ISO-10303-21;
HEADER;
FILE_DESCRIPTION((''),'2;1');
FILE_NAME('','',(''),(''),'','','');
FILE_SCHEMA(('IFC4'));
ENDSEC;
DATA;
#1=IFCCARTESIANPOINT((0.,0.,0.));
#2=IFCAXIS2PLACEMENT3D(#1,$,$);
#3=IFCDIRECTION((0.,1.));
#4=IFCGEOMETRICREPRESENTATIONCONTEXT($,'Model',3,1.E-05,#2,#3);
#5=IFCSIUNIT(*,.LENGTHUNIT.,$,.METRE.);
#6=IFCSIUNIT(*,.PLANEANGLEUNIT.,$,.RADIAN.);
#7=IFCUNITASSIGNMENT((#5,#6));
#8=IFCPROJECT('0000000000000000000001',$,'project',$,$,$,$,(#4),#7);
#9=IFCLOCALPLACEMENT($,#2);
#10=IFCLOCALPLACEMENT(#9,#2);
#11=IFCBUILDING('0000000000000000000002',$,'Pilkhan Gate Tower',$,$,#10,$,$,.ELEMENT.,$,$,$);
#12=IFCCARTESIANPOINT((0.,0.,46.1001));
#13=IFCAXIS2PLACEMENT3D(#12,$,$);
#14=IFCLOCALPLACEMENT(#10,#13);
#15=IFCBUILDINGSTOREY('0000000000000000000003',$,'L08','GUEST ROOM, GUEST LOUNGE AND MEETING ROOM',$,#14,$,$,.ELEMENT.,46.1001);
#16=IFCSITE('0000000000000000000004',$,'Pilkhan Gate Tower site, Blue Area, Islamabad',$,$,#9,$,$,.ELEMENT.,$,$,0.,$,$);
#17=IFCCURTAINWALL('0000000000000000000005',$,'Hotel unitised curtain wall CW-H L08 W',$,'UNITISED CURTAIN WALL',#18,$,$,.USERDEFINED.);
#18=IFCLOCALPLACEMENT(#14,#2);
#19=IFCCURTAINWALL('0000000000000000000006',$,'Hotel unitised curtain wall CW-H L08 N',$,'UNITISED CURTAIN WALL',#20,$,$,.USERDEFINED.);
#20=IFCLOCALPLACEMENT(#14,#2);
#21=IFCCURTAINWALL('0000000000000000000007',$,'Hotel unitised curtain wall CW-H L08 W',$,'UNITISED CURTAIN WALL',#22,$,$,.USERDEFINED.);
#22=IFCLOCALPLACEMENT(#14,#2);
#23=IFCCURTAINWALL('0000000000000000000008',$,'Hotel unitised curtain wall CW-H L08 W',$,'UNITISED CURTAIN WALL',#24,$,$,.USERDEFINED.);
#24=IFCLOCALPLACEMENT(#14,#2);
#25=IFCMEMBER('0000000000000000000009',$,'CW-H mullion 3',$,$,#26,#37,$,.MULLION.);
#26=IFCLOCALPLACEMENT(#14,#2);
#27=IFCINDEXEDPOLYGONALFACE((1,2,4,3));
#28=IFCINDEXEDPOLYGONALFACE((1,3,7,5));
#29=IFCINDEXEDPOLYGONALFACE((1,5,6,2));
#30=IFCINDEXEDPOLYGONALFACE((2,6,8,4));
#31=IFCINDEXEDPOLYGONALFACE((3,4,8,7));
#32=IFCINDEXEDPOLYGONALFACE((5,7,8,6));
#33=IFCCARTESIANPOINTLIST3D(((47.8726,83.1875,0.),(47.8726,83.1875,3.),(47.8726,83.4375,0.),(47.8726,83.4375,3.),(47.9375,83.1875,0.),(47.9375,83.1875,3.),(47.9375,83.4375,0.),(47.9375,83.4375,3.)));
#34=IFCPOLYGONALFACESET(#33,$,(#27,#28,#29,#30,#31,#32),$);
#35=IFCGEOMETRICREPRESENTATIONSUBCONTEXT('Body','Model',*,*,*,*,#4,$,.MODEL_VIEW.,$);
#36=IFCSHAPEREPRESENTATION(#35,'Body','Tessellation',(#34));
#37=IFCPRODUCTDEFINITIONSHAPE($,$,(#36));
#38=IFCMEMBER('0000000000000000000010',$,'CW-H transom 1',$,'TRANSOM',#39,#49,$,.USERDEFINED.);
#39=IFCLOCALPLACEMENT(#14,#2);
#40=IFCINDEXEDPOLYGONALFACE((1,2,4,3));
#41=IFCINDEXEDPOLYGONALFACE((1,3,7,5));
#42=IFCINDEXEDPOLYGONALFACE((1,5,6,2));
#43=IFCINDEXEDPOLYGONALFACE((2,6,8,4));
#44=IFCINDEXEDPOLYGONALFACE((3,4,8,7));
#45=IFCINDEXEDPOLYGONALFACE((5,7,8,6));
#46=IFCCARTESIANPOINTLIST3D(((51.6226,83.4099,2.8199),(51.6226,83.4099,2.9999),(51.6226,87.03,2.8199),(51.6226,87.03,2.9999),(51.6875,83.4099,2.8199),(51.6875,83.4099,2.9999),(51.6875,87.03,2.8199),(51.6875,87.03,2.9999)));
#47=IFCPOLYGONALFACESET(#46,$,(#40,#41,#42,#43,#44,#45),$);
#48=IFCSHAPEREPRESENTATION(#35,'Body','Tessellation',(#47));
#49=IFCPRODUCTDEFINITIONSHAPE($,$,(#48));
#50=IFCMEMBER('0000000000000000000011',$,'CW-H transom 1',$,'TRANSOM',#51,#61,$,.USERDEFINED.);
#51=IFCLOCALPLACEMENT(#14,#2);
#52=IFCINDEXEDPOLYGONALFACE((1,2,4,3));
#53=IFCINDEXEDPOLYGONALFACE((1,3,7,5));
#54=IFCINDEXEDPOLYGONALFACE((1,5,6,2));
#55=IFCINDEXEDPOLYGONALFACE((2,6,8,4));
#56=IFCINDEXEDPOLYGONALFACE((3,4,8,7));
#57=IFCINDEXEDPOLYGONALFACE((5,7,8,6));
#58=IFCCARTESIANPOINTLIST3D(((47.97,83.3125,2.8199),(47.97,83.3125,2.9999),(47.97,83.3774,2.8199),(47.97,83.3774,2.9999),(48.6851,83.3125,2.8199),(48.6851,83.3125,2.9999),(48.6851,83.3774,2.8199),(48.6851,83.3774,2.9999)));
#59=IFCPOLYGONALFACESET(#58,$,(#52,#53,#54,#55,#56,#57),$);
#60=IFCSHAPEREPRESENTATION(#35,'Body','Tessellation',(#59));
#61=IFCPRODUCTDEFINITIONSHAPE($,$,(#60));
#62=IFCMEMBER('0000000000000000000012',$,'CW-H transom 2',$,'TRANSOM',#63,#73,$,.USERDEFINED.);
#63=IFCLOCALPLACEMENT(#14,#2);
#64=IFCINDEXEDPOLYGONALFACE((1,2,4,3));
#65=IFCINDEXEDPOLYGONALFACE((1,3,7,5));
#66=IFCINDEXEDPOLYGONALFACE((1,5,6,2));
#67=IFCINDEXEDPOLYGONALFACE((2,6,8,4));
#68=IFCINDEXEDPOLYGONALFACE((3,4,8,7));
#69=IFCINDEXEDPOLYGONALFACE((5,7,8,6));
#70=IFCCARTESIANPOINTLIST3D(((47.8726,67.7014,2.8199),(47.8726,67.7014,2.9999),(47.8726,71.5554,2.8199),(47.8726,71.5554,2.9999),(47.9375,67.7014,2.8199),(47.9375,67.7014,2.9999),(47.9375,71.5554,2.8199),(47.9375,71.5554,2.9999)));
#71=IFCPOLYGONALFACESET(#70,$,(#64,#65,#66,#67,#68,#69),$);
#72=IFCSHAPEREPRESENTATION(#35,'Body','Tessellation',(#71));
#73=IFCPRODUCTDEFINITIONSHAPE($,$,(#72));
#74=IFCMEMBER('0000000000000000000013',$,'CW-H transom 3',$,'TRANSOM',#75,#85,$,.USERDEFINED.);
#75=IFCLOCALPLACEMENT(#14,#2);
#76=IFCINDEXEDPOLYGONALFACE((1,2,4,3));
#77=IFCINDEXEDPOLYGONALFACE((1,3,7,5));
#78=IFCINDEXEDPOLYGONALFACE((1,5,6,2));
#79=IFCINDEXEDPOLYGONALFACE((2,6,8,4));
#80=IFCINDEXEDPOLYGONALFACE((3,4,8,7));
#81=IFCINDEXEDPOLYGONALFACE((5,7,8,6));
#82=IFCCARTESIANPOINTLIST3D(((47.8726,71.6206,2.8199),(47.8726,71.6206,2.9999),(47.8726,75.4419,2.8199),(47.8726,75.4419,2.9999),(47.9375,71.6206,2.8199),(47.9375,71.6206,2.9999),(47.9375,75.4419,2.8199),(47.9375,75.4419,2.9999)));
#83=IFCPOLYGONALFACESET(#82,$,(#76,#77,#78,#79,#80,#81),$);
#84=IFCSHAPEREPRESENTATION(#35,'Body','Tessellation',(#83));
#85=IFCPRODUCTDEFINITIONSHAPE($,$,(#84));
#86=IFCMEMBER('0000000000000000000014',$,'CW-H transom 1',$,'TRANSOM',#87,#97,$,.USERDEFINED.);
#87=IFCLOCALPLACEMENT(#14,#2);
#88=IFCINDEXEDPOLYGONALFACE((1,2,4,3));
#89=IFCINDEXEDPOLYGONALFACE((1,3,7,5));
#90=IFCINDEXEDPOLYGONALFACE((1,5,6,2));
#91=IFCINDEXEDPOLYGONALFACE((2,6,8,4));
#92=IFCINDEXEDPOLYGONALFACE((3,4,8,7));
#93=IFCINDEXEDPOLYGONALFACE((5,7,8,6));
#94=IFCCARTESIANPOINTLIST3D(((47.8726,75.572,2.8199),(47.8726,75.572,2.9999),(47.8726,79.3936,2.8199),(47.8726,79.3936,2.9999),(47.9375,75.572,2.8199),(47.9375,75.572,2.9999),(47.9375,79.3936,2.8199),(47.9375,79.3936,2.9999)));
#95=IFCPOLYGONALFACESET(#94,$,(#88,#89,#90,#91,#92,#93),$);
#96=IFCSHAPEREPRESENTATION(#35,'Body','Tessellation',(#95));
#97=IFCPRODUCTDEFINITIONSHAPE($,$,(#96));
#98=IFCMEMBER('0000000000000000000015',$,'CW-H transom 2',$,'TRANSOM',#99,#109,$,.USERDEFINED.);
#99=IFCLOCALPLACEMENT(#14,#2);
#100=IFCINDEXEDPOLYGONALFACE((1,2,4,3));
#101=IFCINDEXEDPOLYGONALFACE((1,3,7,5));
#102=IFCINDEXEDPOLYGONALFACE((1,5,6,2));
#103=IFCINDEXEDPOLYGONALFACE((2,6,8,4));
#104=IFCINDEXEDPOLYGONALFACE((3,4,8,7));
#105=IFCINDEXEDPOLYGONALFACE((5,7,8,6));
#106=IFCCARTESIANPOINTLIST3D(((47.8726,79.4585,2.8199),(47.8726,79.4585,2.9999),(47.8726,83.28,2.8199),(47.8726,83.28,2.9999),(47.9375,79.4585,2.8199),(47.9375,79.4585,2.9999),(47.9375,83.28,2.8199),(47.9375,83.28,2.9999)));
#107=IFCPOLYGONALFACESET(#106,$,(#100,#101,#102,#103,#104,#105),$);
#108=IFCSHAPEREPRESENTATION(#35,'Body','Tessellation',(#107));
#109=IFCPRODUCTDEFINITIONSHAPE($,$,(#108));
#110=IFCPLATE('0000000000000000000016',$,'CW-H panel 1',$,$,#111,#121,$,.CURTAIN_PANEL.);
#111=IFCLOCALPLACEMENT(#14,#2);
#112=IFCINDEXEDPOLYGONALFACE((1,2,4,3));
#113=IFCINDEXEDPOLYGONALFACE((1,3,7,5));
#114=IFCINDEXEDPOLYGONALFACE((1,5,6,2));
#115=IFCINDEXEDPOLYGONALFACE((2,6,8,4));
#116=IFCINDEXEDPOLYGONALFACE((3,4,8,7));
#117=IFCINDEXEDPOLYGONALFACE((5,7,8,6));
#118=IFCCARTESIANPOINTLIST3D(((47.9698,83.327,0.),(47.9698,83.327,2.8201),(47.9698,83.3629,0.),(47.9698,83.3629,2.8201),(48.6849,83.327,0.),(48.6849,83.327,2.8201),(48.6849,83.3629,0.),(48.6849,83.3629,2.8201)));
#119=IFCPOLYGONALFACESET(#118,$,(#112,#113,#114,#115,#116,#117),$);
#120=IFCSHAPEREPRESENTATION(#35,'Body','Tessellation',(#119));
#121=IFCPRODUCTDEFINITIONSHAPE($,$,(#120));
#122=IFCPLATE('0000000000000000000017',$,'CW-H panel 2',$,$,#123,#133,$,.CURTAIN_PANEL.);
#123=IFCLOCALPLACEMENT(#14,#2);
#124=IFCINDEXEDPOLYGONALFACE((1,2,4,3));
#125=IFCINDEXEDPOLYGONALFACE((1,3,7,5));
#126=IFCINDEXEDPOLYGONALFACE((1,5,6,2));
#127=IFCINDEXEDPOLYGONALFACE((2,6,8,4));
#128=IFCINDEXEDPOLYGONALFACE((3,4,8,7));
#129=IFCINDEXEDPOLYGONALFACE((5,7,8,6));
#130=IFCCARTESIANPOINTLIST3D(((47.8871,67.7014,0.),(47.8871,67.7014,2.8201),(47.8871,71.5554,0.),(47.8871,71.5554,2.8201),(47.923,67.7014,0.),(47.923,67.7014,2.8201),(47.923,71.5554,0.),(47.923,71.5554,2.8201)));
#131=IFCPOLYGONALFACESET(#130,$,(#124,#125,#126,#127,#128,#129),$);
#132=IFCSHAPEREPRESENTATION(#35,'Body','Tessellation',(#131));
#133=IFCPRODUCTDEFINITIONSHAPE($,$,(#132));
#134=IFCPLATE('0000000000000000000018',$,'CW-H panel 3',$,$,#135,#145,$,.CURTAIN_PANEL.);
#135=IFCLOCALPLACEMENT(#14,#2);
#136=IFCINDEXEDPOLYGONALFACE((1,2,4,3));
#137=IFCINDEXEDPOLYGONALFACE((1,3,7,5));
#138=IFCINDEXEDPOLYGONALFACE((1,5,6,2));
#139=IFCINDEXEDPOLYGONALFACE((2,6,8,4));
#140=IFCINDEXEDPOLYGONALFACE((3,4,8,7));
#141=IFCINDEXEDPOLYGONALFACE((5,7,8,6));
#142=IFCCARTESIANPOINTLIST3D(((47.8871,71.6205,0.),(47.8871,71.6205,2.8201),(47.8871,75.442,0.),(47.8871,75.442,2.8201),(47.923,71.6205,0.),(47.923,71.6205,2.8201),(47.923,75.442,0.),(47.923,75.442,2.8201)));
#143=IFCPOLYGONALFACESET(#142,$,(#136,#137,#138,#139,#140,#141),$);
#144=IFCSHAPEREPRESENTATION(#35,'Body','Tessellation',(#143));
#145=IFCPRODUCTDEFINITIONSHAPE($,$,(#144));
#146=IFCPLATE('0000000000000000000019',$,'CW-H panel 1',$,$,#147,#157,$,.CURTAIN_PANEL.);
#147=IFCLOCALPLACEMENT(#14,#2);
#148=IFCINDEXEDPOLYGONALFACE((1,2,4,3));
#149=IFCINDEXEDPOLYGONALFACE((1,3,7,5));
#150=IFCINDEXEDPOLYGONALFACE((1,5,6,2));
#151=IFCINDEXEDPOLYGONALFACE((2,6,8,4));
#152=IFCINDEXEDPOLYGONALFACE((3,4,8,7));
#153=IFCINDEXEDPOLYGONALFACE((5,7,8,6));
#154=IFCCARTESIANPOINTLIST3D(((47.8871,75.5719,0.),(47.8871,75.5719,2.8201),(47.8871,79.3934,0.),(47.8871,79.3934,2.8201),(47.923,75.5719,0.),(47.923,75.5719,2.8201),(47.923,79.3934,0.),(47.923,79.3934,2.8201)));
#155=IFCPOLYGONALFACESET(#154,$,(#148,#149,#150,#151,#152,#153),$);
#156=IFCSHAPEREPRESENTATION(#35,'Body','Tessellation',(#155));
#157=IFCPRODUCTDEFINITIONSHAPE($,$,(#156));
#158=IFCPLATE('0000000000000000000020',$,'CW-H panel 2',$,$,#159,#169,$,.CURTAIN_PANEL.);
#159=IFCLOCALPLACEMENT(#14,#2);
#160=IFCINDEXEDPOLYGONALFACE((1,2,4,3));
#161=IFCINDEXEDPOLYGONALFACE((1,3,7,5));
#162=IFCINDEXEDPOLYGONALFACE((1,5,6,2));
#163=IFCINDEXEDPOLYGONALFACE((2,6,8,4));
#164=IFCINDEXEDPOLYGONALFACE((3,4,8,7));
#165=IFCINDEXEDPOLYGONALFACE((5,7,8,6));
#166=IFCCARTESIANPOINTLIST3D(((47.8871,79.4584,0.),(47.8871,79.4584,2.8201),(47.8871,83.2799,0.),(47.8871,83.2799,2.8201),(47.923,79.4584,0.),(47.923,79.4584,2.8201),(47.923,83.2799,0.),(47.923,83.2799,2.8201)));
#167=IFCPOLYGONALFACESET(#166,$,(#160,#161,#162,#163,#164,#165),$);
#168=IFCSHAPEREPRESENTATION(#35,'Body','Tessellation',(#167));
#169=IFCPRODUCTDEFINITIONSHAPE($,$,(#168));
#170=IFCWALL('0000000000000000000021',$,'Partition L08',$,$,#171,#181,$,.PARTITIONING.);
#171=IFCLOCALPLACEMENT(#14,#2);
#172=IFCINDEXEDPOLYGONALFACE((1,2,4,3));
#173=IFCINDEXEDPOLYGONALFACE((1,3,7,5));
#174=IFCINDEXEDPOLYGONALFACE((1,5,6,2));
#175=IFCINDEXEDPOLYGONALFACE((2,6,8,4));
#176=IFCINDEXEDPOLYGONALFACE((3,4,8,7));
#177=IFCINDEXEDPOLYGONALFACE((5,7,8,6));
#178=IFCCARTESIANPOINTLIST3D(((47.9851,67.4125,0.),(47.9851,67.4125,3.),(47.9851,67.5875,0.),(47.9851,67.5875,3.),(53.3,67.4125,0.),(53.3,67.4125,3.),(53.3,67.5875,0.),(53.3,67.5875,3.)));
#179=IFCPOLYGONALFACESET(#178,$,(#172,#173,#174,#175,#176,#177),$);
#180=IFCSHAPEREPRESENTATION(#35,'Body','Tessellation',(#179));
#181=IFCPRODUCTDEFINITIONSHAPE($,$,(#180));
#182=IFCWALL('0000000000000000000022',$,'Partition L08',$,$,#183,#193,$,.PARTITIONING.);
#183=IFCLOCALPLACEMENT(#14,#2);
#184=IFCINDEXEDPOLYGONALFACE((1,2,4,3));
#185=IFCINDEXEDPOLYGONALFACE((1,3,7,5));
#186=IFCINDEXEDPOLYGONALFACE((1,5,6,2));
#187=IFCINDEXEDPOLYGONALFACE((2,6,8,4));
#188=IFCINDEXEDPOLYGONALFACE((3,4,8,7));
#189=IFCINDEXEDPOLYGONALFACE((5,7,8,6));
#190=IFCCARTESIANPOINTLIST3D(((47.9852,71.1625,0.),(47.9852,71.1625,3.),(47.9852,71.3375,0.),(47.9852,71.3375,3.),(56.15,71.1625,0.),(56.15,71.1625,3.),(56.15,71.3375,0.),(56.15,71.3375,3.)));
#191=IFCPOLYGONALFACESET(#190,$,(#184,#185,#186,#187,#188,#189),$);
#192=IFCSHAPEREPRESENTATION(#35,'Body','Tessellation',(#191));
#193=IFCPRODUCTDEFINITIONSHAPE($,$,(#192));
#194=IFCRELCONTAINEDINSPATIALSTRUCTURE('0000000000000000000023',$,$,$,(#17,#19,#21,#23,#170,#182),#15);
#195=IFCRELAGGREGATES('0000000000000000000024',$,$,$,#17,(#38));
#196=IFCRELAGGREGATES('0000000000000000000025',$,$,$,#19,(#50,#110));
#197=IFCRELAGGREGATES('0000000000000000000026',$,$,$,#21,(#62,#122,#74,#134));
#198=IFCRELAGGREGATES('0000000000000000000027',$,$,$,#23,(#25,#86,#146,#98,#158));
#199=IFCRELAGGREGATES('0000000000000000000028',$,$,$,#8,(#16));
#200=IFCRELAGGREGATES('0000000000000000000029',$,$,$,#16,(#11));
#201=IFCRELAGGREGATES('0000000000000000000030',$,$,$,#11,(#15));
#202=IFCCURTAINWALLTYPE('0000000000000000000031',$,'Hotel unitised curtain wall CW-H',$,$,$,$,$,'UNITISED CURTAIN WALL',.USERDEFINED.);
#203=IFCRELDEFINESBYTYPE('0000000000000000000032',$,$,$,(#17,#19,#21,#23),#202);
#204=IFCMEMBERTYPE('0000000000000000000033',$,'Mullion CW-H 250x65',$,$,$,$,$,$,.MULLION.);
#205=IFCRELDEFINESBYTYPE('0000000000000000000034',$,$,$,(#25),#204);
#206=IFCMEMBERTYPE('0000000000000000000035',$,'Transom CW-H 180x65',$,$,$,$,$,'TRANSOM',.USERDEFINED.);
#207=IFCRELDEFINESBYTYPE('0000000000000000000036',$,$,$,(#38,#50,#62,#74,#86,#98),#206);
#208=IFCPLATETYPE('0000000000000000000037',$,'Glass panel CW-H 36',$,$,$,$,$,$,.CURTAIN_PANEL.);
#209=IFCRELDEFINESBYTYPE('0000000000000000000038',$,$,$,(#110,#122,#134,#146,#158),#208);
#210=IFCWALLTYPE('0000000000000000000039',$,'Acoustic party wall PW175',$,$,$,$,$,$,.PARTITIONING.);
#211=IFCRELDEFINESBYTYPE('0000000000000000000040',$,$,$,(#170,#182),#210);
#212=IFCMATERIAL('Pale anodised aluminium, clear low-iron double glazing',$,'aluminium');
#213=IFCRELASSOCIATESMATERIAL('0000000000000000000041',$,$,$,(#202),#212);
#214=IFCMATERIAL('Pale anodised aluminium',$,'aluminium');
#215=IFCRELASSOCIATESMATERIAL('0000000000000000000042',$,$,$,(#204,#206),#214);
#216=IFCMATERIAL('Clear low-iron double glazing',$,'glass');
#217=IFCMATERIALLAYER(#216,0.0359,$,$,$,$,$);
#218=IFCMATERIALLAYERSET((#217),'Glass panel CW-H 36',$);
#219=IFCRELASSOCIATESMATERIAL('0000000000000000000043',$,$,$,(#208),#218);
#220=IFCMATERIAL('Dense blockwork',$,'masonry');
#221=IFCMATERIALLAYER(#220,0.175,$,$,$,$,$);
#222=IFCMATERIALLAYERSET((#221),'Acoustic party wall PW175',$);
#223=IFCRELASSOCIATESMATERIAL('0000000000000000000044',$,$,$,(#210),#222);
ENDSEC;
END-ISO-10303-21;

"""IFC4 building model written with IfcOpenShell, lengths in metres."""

from ifc_helpers import new_model, si_unit, direction, frame, frame_2d, origin, origin_2d, place, context, subcontext, project, spatial, rectangle, extrude, material, layer, layer_set, material_profile, profile_set, type_object, element, aggregate, save


model = new_model("IFC4")

# Units and contexts
model_context = context("Model", 3, precision=1e-05, world=origin(), true_north=direction((0.0, 1.0)))
body_context = subcontext(model_context, "Body", "Model", "MODEL_VIEW")
ifc_project = project(units=[si_unit("LENGTHUNIT", "METRE"), si_unit("PLANEANGLEUNIT", "RADIAN")], contexts=[model_context])

# Site, building, storey
site_placement = place(None, origin())
site = spatial("IfcSite", under=ifc_project, at=site_placement, Name="Pilkhan Gate Tower site, Blue Area, Islamabad", CompositionType="ELEMENT", RefElevation=0.0)
building_placement = place(site_placement, origin())
building = spatial("IfcBuilding", under=site, at=building_placement, Name="Pilkhan Gate Tower", CompositionType="ELEMENT")
storey_placement = place(building_placement, frame((0.0, 0.0, 46.1001)))
storey = spatial("IfcBuildingStorey", under=building, at=storey_placement, Name="L08", Description="GUEST ROOM, GUEST LOUNGE AND MEETING ROOM", CompositionType="ELEMENT", Elevation=46.1001)

# Curtain wall
ifc_material_1 = material(Name="Pale anodised aluminium, clear low-iron double glazing", Category="aluminium")
curtain_wall_type = type_object("IfcCurtainWallType", Name="Hotel unitised curtain wall CW-H", ElementType="UNITISED CURTAIN WALL", PredefinedType="USERDEFINED", material=ifc_material_1)
curtain_wall_1_placement = place(storey_placement, origin())
curtain_wall_1 = element("IfcCurtainWall", 1, at=curtain_wall_1_placement, inside=storey, type_object=curtain_wall_type, Name="Hotel unitised curtain wall CW-H L08 W", ObjectType="UNITISED CURTAIN WALL", PredefinedType="USERDEFINED")
ifc_material_2 = material(Name="Pale anodised aluminium", Category="aluminium")
ifc_material_profile_1 = material_profile(ifc_material_2, rectangle(XDim=0.0649, YDim=0.25, at=origin_2d()), Name="Mullion 250x65")
ifc_profile_set_1 = profile_set([ifc_material_profile_1], Name="Pale anodised aluminium")
member_type_1 = type_object("IfcMemberType", Name="Mullion CW-H 250x65", PredefinedType="MULLION", material=ifc_profile_set_1)

# Curtain walls, member
curtain_wall_2_placement = place(storey_placement, origin())
curtain_wall_2 = element("IfcCurtainWall", 2, at=curtain_wall_2_placement, inside=storey, type_object=curtain_wall_type, Name="Hotel unitised curtain wall CW-H L08 N", ObjectType="UNITISED CURTAIN WALL", PredefinedType="USERDEFINED")
curtain_wall_3_placement = place(storey_placement, origin())
curtain_wall_3 = element("IfcCurtainWall", 3, at=curtain_wall_3_placement, inside=storey, type_object=curtain_wall_type, Name="Hotel unitised curtain wall CW-H L08 W", ObjectType="UNITISED CURTAIN WALL", PredefinedType="USERDEFINED")
curtain_wall_4_placement = place(storey_placement, origin())
curtain_wall_4 = element("IfcCurtainWall", 4, at=curtain_wall_4_placement, inside=storey, type_object=curtain_wall_type, Name="Hotel unitised curtain wall CW-H L08 W", ObjectType="UNITISED CURTAIN WALL", PredefinedType="USERDEFINED")
member_1_placement = place(storey_placement, frame((47.905, 83.3125, 0.0), z_axis=(0.0, 0.0, 1.0), x_axis=(-1.0, 0.0, 0.0)))
member_1 = element("IfcMember", 5, at=member_1_placement, type_object=member_type_1, Name="CW-H mullion 3", PredefinedType="MULLION", context=body_context, shape_type="SweptSolid", body=[
    extrude(rectangle(XDim=0.0649, YDim=0.25, at=origin_2d()), origin(), (0.0, 0.0, 1.0), 3.0),
])

# Members
ifc_material_profile_2 = material_profile(ifc_material_2, rectangle(XDim=0.0649, YDim=0.1799, at=origin_2d()), Name="Transom 180x65")
ifc_profile_set_2 = profile_set([ifc_material_profile_2], Name="Pale anodised aluminium")
member_type_2 = type_object("IfcMemberType", Name="Transom CW-H 180x65", ElementType="TRANSOM", PredefinedType="USERDEFINED", material=ifc_profile_set_2)
member_2_placement = place(storey_placement, frame((51.655, 83.4099, 2.9099), z_axis=(0.0, 1.0, 0.0), x_axis=(-1.0, 0.0, 0.0)))
member_2 = element("IfcMember", 6, at=member_2_placement, type_object=member_type_2, Name="CW-H transom 1", ObjectType="TRANSOM", PredefinedType="USERDEFINED", context=body_context, shape_type="SweptSolid", body=[
    extrude(rectangle(XDim=0.0649, YDim=0.1799, at=origin_2d()), origin(), (0.0, 0.0, 1.0), 3.6201),
])
aggregate(curtain_wall_1, [member_2])
member_3_placement = place(storey_placement, frame((47.97, 83.345, 2.9099), z_axis=(1.0, 0.0, 0.0), x_axis=(0.0, 1.0, 0.0)))
member_3 = element("IfcMember", 7, at=member_3_placement, type_object=member_type_2, Name="CW-H transom 1", ObjectType="TRANSOM", PredefinedType="USERDEFINED", context=body_context, shape_type="SweptSolid", body=[
    extrude(rectangle(XDim=0.0649, YDim=0.1799, at=origin_2d()), origin(), (0.0, 0.0, 1.0), 0.7151),
])
member_4_placement = place(storey_placement, frame((47.905, 67.7014, 2.9099), z_axis=(0.0, 1.0, 0.0), x_axis=(-1.0, 0.0, 0.0)))
member_4 = element("IfcMember", 8, at=member_4_placement, type_object=member_type_2, Name="CW-H transom 2", ObjectType="TRANSOM", PredefinedType="USERDEFINED", context=body_context, shape_type="SweptSolid", body=[
    extrude(rectangle(XDim=0.0649, YDim=0.1799, at=origin_2d()), origin(), (0.0, 0.0, 1.0), 3.854),
])
member_5_placement = place(storey_placement, frame((47.905, 71.6206, 2.9099), z_axis=(0.0, 1.0, 0.0), x_axis=(-1.0, 0.0, 0.0)))
member_5 = element("IfcMember", 9, at=member_5_placement, type_object=member_type_2, Name="CW-H transom 3", ObjectType="TRANSOM", PredefinedType="USERDEFINED", context=body_context, shape_type="SweptSolid", body=[
    extrude(rectangle(XDim=0.0649, YDim=0.1799, at=origin_2d()), origin(), (0.0, 0.0, 1.0), 3.8213),
])
member_6_placement = place(storey_placement, frame((47.905, 75.572, 2.9099), z_axis=(0.0, 1.0, 0.0), x_axis=(-1.0, 0.0, 0.0)))
member_6 = element("IfcMember", 10, at=member_6_placement, type_object=member_type_2, Name="CW-H transom 1", ObjectType="TRANSOM", PredefinedType="USERDEFINED", context=body_context, shape_type="SweptSolid", body=[
    extrude(rectangle(XDim=0.0649, YDim=0.1799, at=origin_2d()), origin(), (0.0, 0.0, 1.0), 3.8215),
])
member_7_placement = place(storey_placement, frame((47.905, 79.4585, 2.9099), z_axis=(0.0, 1.0, 0.0), x_axis=(-1.0, 0.0, 0.0)))
member_7 = element("IfcMember", 11, at=member_7_placement, type_object=member_type_2, Name="CW-H transom 2", ObjectType="TRANSOM", PredefinedType="USERDEFINED", context=body_context, shape_type="SweptSolid", body=[
    extrude(rectangle(XDim=0.0649, YDim=0.1799, at=origin_2d()), origin(), (0.0, 0.0, 1.0), 3.8215),
])

# Plates
ifc_material_3 = material(Name="Clear low-iron double glazing", Category="glass")
ifc_layer_1 = layer(ifc_material_3, 0.0359)
ifc_layer_set_1 = layer_set([ifc_layer_1], Name="Glass panel CW-H 36")
plate_type = type_object("IfcPlateType", Name="Glass panel CW-H 36", PredefinedType="CURTAIN_PANEL", material=ifc_layer_set_1)
plate_1_placement = place(storey_placement, frame((48.3274, 83.345, 0.0), z_axis=(0.0, 0.0, 1.0), x_axis=(1.0, 0.0, 0.0)))
plate_1 = element("IfcPlate", 12, at=plate_1_placement, type_object=plate_type, Name="CW-H panel 1", PredefinedType="CURTAIN_PANEL", context=body_context, shape_type="SweptSolid", body=[
    extrude(rectangle(XDim=0.7151, YDim=0.0359, at=origin_2d()), origin(), (0.0, 0.0, 1.0), 2.8201),
])
aggregate(curtain_wall_2, [member_3, plate_1])
plate_2_placement = place(storey_placement, frame((47.905, 69.6284, 0.0), z_axis=(0.0, 0.0, 1.0), x_axis=(0.0, 1.0, 0.0)))
plate_2 = element("IfcPlate", 13, at=plate_2_placement, type_object=plate_type, Name="CW-H panel 2", PredefinedType="CURTAIN_PANEL", context=body_context, shape_type="SweptSolid", body=[
    extrude(rectangle(XDim=3.854, YDim=0.0359, at=origin_2d()), origin(), (0.0, 0.0, 1.0), 2.8201),
])
plate_3_placement = place(storey_placement, frame((47.905, 73.5312, 0.0), z_axis=(0.0, 0.0, 1.0), x_axis=(0.0, 1.0, 0.0)))
plate_3 = element("IfcPlate", 14, at=plate_3_placement, type_object=plate_type, Name="CW-H panel 3", PredefinedType="CURTAIN_PANEL", context=body_context, shape_type="SweptSolid", body=[
    extrude(rectangle(XDim=3.8215, YDim=0.0359, at=origin_2d()), origin(), (0.0, 0.0, 1.0), 2.8201),
])
aggregate(curtain_wall_3, [member_4, plate_2, member_5, plate_3])
plate_4_placement = place(storey_placement, frame((47.905, 77.4827, 0.0), z_axis=(0.0, 0.0, 1.0), x_axis=(0.0, 1.0, 0.0)))
plate_4 = element("IfcPlate", 15, at=plate_4_placement, type_object=plate_type, Name="CW-H panel 1", PredefinedType="CURTAIN_PANEL", context=body_context, shape_type="SweptSolid", body=[
    extrude(rectangle(XDim=3.8215, YDim=0.0359, at=origin_2d()), origin(), (0.0, 0.0, 1.0), 2.8201),
])
plate_5_placement = place(storey_placement, frame((47.905, 81.3691, 0.0), z_axis=(0.0, 0.0, 1.0), x_axis=(0.0, 1.0, 0.0)))
plate_5 = element("IfcPlate", 16, at=plate_5_placement, type_object=plate_type, Name="CW-H panel 2", PredefinedType="CURTAIN_PANEL", context=body_context, shape_type="SweptSolid", body=[
    extrude(rectangle(XDim=3.8215, YDim=0.0359, at=origin_2d()), origin(), (0.0, 0.0, 1.0), 2.8201),
])
aggregate(curtain_wall_4, [member_1, member_6, plate_4, member_7, plate_5])

# Walls
ifc_material_4 = material(Name="Dense blockwork", Category="masonry")
ifc_layer_2 = layer(ifc_material_4, 0.175)
ifc_layer_set_2 = layer_set([ifc_layer_2], Name="Acoustic party wall PW175")
wall_type_1 = type_object("IfcWallType", Name="Acoustic party wall PW175", PredefinedType="PARTITIONING", material=ifc_layer_set_2)
wall_1_placement = place(storey_placement, frame((47.9851, 67.5, 0.0), z_axis=(0.0, 0.0, 1.0), x_axis=(1.0, 0.0, 0.0)))
element("IfcWall", 17, at=wall_1_placement, inside=storey, type_object=wall_type_1, Name="Partition L08", PredefinedType="PARTITIONING", context=body_context, shape_type="SweptSolid", body=[
    extrude(rectangle(XDim=5.3149, YDim=0.175, at=frame_2d((2.6575, 0.0))), origin(), (0.0, 0.0, 1.0), 3.0),
])
wall_2_placement = place(storey_placement, frame((47.9851, 71.25, 0.0), z_axis=(0.0, 0.0, 1.0), x_axis=(1.0, 0.0, 0.0)))
element("IfcWall", 18, at=wall_2_placement, inside=storey, type_object=wall_type_1, Name="Partition L08", PredefinedType="PARTITIONING", context=body_context, shape_type="SweptSolid", body=[
    extrude(rectangle(XDim=8.1648, YDim=0.175, at=frame_2d((4.0825, 0.0))), origin(), (0.0, 0.0, 1.0), 3.0),
])

save(model, "model.ifc")
